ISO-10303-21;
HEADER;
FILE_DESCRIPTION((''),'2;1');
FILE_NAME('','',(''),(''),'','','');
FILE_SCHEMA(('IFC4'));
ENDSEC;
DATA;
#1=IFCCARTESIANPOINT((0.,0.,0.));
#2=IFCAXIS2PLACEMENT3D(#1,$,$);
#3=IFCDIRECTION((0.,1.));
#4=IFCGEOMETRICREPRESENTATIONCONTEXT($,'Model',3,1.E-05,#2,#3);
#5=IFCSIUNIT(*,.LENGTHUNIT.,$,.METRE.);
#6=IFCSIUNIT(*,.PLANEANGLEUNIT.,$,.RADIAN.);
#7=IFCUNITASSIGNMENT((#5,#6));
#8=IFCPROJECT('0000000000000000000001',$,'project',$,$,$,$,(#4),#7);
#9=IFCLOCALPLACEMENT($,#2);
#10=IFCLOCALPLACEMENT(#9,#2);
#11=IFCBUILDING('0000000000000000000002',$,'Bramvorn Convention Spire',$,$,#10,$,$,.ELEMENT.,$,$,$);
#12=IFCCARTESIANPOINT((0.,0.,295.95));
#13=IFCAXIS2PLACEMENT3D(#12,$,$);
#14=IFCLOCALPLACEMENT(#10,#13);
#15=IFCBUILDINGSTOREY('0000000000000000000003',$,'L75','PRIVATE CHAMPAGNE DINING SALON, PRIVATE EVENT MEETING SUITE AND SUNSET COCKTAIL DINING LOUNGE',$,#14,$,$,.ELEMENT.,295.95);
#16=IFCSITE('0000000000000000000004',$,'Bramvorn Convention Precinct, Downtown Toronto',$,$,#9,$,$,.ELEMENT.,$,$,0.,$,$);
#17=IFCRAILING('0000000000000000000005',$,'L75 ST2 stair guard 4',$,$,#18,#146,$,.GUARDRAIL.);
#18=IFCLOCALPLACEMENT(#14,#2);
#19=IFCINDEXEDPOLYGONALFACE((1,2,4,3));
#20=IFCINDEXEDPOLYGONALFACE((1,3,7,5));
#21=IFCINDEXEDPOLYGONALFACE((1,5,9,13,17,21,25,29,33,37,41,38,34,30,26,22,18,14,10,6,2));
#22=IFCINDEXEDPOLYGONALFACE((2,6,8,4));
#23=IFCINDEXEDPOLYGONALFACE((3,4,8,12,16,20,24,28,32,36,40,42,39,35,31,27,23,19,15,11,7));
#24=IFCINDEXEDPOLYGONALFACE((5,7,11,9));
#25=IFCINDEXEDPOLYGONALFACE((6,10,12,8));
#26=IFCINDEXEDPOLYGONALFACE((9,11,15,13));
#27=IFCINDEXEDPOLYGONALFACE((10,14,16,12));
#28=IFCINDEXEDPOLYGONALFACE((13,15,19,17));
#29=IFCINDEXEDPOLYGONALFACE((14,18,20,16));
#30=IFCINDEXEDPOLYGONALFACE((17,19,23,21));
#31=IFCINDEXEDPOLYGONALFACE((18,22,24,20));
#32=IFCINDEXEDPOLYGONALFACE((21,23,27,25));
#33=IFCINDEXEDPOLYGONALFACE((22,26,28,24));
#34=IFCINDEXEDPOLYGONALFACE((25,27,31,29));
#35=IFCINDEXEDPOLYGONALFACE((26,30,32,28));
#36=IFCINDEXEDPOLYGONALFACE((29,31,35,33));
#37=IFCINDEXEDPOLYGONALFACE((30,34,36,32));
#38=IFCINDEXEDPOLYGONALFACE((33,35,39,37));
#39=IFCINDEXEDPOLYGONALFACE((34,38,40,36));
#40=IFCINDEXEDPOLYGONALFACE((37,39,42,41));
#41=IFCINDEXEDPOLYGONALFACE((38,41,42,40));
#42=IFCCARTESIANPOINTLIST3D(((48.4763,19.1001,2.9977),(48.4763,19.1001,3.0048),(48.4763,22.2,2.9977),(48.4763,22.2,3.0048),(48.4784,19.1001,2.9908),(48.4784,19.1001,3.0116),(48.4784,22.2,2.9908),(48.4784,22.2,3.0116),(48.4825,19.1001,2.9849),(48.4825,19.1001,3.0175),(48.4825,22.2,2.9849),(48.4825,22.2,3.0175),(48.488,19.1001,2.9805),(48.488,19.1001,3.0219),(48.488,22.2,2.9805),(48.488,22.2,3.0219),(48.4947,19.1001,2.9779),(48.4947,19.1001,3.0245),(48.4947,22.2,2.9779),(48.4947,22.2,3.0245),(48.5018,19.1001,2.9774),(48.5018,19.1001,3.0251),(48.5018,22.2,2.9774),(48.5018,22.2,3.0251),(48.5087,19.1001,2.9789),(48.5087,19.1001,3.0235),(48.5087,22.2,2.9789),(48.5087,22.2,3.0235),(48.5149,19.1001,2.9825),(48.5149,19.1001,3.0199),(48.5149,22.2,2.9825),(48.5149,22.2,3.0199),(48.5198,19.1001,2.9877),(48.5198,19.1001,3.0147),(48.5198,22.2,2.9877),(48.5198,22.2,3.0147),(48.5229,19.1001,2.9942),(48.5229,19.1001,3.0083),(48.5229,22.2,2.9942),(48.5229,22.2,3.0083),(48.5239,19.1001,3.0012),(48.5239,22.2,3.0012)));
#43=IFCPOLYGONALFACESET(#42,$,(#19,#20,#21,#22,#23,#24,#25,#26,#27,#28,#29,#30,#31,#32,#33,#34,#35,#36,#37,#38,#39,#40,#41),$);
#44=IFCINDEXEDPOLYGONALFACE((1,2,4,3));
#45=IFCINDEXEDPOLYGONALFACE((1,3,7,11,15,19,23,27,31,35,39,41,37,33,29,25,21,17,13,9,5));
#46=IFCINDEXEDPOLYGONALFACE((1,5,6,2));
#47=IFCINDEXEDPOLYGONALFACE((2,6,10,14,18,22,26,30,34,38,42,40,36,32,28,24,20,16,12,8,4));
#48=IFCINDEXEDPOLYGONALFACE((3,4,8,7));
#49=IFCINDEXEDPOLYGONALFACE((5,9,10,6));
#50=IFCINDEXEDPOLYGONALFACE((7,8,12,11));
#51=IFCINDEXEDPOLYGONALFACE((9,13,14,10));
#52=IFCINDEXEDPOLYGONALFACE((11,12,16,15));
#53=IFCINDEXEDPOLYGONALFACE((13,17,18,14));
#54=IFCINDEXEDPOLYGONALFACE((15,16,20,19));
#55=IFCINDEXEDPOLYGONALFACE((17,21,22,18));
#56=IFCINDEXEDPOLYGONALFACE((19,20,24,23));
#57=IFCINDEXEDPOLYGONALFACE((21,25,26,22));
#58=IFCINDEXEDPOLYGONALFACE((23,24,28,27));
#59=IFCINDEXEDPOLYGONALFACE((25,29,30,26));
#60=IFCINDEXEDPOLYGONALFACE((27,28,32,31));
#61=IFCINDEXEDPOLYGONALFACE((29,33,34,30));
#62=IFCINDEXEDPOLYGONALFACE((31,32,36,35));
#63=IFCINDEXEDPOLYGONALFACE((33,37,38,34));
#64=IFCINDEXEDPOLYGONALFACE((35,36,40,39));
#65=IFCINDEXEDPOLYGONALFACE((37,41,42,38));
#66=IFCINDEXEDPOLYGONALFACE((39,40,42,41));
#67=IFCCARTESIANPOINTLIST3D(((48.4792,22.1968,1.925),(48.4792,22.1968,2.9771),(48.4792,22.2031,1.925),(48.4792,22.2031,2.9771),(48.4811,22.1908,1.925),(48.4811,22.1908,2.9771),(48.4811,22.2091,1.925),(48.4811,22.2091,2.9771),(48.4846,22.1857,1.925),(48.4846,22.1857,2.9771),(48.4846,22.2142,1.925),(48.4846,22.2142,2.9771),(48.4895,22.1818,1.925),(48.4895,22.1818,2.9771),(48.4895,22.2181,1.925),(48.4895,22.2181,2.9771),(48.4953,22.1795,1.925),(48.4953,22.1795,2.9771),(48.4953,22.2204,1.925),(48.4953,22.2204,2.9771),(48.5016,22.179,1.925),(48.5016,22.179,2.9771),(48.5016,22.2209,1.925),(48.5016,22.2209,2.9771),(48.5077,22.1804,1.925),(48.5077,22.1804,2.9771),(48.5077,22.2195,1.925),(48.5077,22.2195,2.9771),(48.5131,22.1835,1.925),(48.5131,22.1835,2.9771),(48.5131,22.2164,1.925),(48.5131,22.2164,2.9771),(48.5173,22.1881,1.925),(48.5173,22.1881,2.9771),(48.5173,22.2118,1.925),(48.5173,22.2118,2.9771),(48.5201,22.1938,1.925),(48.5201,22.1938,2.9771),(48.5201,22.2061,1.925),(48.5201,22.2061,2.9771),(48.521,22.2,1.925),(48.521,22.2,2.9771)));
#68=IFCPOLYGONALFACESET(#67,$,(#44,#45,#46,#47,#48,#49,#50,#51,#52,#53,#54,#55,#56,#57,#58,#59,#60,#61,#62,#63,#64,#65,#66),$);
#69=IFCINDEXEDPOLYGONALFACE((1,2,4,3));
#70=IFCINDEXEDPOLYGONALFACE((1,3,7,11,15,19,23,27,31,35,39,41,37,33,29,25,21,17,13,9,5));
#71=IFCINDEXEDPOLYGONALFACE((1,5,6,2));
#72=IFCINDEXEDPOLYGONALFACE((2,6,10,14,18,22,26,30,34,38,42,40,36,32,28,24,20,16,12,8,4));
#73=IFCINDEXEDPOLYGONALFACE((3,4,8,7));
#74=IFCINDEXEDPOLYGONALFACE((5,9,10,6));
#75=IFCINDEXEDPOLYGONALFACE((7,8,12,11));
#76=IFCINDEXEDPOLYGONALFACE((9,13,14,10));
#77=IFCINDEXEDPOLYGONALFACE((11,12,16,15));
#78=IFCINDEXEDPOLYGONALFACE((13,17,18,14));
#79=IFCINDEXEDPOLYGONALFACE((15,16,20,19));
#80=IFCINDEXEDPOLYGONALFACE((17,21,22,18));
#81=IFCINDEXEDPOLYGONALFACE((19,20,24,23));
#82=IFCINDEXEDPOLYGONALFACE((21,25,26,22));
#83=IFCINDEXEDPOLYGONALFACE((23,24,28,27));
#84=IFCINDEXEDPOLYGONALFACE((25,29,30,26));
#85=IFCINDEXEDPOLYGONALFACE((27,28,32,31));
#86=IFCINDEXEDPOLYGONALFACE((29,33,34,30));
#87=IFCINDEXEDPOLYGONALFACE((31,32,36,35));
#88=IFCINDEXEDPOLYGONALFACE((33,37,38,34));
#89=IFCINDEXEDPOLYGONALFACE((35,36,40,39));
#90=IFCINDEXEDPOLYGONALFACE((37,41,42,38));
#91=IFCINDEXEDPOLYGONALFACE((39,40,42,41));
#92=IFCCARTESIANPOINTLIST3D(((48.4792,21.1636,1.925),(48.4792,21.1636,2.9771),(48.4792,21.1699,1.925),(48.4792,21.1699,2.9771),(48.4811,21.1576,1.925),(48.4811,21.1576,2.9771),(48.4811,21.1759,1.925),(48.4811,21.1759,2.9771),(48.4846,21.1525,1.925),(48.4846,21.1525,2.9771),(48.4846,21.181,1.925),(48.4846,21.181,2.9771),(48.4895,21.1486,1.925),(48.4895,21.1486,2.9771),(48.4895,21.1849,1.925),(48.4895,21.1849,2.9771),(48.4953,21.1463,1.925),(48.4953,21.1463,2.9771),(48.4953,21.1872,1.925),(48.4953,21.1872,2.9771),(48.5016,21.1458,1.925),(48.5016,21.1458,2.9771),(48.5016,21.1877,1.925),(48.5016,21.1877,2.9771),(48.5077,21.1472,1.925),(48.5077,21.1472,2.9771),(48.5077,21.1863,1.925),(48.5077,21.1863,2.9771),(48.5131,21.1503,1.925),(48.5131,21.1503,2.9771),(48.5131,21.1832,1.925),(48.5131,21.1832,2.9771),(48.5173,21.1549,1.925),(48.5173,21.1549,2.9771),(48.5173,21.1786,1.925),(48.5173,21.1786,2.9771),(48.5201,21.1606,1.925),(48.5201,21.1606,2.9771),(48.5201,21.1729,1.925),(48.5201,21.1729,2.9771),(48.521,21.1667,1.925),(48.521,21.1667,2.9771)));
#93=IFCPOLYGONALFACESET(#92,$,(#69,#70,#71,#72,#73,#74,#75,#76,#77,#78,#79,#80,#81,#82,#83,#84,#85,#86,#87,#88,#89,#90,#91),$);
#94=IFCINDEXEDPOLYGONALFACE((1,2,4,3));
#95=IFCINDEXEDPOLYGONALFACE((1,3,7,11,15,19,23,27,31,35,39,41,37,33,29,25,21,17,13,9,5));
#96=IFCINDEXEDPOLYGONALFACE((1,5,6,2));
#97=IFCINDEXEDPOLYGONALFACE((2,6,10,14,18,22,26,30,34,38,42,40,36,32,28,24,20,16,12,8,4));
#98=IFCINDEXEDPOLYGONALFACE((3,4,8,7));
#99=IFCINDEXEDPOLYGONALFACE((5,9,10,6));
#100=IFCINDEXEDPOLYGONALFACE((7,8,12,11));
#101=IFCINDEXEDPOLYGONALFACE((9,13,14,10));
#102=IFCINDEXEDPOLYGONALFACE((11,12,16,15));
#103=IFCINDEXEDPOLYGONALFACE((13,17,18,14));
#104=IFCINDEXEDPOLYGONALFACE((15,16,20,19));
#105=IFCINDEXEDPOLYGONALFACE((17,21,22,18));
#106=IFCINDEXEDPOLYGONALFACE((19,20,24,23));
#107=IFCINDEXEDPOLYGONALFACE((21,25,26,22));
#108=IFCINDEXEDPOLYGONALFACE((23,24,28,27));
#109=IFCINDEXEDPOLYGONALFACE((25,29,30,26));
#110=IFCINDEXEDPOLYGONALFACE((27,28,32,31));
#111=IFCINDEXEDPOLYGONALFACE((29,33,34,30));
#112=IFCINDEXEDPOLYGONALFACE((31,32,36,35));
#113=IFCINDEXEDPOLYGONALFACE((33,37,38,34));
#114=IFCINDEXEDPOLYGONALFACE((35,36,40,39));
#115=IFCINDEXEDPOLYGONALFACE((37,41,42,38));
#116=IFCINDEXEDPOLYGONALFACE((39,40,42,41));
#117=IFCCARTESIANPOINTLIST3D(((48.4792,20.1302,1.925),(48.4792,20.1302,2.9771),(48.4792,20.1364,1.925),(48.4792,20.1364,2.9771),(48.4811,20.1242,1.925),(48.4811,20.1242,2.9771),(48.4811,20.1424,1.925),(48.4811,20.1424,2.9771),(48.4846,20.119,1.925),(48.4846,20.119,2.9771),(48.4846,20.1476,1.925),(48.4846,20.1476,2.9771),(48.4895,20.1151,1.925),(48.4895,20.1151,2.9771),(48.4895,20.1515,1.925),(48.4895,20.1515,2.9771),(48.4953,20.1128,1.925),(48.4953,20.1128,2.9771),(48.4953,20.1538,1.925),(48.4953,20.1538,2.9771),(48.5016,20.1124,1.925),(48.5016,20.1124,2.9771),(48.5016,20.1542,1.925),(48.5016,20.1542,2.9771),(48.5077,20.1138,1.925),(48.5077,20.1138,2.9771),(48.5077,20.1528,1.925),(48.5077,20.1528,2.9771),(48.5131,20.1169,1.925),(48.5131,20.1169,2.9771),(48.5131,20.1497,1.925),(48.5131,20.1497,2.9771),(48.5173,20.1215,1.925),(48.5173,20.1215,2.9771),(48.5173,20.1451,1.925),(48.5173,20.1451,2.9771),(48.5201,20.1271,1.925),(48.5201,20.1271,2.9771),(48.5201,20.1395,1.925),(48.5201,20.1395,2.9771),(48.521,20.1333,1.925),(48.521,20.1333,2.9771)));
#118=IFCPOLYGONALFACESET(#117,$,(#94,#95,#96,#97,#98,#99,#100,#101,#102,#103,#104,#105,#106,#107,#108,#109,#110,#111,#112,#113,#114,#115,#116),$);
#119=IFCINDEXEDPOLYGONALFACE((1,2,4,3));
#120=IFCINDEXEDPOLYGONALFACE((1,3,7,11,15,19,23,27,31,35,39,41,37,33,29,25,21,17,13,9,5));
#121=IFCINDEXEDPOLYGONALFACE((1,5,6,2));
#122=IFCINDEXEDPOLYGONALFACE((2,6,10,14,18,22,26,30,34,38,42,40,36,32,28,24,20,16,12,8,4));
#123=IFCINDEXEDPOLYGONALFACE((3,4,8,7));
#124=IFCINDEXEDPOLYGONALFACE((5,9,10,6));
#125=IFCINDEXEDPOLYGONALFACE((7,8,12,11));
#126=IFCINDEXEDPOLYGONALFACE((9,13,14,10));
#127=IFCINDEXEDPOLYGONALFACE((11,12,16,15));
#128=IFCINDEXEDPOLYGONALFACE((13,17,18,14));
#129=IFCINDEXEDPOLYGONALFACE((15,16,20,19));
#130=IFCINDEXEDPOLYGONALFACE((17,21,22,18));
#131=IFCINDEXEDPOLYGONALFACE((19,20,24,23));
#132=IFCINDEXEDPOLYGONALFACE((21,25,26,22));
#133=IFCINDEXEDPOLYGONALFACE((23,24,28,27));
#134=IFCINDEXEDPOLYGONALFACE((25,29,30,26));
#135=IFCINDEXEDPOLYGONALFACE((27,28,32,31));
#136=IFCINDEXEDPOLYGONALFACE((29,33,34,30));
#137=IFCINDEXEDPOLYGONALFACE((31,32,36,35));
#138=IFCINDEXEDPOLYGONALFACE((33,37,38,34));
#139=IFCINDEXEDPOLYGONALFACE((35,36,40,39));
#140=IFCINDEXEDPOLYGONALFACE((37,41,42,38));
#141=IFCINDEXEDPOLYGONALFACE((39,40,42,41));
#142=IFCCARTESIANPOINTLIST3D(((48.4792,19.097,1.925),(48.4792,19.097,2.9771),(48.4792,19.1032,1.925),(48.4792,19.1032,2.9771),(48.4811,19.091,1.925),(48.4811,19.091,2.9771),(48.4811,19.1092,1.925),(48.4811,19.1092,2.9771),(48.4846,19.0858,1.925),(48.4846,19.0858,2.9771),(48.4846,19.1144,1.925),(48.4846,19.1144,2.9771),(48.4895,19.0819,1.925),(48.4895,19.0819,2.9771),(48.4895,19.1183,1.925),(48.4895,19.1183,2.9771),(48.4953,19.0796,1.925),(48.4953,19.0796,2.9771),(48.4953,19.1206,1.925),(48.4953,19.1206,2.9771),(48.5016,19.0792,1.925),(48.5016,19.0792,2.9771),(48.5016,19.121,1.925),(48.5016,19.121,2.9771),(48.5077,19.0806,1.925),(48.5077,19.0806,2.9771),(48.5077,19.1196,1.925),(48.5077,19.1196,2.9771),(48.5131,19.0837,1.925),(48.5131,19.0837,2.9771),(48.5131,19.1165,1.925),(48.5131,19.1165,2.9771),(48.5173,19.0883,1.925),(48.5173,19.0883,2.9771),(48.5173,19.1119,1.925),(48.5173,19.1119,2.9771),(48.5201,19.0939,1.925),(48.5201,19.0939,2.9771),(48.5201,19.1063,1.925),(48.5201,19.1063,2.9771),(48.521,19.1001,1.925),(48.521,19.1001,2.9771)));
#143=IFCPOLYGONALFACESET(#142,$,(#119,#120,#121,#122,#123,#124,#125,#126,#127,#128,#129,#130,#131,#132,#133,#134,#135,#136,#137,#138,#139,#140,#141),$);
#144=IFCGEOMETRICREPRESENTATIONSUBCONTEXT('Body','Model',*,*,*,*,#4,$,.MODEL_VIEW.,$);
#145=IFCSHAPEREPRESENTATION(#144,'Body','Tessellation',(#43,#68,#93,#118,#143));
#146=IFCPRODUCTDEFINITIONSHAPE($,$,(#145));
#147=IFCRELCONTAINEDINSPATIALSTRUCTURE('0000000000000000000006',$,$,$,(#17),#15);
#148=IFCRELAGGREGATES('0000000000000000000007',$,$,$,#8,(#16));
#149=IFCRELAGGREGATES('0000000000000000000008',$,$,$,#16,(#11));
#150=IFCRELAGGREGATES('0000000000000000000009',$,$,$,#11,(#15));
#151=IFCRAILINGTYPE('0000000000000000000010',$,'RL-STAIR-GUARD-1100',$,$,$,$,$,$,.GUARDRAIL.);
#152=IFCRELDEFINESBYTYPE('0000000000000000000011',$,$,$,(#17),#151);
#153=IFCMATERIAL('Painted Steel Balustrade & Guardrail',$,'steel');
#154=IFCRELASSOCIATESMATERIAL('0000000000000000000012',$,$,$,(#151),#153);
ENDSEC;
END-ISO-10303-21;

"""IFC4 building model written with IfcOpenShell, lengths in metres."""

from ifc_helpers import new_model, si_unit, direction, frame, origin, origin_2d, place, context, subcontext, project, spatial, circle, extrude, material, type_object, element, save


model = new_model("IFC4")

# Units and contexts
model_context = context("Model", 3, precision=1e-05, world=origin(), true_north=direction((0.0, 1.0)))
body_context = subcontext(model_context, "Body", "Model", "MODEL_VIEW")
ifc_project = project(units=[si_unit("LENGTHUNIT", "METRE"), si_unit("PLANEANGLEUNIT", "RADIAN")], contexts=[model_context])

# Site, building, storey
site_placement = place(None, origin())
site = spatial("IfcSite", under=ifc_project, at=site_placement, Name="Bramvorn Convention Precinct, Downtown Toronto", CompositionType="ELEMENT", RefElevation=0.0)
building_placement = place(site_placement, origin())
building = spatial("IfcBuilding", under=site, at=building_placement, Name="Bramvorn Convention Spire", CompositionType="ELEMENT")
storey_placement = place(building_placement, frame((0.0, 0.0, 295.95)))
storey = spatial("IfcBuildingStorey", under=building, at=storey_placement, Name="L75", Description="PRIVATE CHAMPAGNE DINING SALON, PRIVATE EVENT MEETING SUITE AND SUNSET COCKTAIL DINING LOUNGE", CompositionType="ELEMENT", Elevation=295.95)

# Railing
ifc_material_1 = material(Name="Painted Steel Balustrade & Guardrail", Category="steel")
railing_type_1 = type_object("IfcRailingType", Name="RL-STAIR-GUARD-1100", PredefinedType="GUARDRAIL", material=ifc_material_1)
railing_1_placement = place(storey_placement, frame((48.5, 22.2, 1.925)))
element("IfcRailing", 1, at=railing_1_placement, inside=storey, type_object=railing_type_1, Name="L75 ST2 stair guard 4", PredefinedType="GUARDRAIL", context=body_context, shape_type="SweptSolid", body=[
    extrude(circle(Radius=0.0239, at=origin_2d()), frame((0.0, 0.0, 1.0762), z_axis=(0.0, -1.0, 0.0), x_axis=(1.0, 0.0, 0.0)), (0.0, 0.0, 1.0), 3.0999),
    extrude(circle(Radius=0.021, at=origin_2d()), origin(), (0.0, 0.0, 1.0), 1.052),
    extrude(circle(Radius=0.021, at=origin_2d()), frame((0.0, -1.0332, 0.0)), (0.0, 0.0, 1.0), 1.052),
    extrude(circle(Radius=0.021, at=origin_2d()), frame((0.0, -2.0667, 0.0)), (0.0, 0.0, 1.0), 1.052),
    extrude(circle(Radius=0.021, at=origin_2d()), frame((0.0, -3.0999, 0.0)), (0.0, 0.0, 1.0), 1.052),
])

save(model, "model.ifc")
